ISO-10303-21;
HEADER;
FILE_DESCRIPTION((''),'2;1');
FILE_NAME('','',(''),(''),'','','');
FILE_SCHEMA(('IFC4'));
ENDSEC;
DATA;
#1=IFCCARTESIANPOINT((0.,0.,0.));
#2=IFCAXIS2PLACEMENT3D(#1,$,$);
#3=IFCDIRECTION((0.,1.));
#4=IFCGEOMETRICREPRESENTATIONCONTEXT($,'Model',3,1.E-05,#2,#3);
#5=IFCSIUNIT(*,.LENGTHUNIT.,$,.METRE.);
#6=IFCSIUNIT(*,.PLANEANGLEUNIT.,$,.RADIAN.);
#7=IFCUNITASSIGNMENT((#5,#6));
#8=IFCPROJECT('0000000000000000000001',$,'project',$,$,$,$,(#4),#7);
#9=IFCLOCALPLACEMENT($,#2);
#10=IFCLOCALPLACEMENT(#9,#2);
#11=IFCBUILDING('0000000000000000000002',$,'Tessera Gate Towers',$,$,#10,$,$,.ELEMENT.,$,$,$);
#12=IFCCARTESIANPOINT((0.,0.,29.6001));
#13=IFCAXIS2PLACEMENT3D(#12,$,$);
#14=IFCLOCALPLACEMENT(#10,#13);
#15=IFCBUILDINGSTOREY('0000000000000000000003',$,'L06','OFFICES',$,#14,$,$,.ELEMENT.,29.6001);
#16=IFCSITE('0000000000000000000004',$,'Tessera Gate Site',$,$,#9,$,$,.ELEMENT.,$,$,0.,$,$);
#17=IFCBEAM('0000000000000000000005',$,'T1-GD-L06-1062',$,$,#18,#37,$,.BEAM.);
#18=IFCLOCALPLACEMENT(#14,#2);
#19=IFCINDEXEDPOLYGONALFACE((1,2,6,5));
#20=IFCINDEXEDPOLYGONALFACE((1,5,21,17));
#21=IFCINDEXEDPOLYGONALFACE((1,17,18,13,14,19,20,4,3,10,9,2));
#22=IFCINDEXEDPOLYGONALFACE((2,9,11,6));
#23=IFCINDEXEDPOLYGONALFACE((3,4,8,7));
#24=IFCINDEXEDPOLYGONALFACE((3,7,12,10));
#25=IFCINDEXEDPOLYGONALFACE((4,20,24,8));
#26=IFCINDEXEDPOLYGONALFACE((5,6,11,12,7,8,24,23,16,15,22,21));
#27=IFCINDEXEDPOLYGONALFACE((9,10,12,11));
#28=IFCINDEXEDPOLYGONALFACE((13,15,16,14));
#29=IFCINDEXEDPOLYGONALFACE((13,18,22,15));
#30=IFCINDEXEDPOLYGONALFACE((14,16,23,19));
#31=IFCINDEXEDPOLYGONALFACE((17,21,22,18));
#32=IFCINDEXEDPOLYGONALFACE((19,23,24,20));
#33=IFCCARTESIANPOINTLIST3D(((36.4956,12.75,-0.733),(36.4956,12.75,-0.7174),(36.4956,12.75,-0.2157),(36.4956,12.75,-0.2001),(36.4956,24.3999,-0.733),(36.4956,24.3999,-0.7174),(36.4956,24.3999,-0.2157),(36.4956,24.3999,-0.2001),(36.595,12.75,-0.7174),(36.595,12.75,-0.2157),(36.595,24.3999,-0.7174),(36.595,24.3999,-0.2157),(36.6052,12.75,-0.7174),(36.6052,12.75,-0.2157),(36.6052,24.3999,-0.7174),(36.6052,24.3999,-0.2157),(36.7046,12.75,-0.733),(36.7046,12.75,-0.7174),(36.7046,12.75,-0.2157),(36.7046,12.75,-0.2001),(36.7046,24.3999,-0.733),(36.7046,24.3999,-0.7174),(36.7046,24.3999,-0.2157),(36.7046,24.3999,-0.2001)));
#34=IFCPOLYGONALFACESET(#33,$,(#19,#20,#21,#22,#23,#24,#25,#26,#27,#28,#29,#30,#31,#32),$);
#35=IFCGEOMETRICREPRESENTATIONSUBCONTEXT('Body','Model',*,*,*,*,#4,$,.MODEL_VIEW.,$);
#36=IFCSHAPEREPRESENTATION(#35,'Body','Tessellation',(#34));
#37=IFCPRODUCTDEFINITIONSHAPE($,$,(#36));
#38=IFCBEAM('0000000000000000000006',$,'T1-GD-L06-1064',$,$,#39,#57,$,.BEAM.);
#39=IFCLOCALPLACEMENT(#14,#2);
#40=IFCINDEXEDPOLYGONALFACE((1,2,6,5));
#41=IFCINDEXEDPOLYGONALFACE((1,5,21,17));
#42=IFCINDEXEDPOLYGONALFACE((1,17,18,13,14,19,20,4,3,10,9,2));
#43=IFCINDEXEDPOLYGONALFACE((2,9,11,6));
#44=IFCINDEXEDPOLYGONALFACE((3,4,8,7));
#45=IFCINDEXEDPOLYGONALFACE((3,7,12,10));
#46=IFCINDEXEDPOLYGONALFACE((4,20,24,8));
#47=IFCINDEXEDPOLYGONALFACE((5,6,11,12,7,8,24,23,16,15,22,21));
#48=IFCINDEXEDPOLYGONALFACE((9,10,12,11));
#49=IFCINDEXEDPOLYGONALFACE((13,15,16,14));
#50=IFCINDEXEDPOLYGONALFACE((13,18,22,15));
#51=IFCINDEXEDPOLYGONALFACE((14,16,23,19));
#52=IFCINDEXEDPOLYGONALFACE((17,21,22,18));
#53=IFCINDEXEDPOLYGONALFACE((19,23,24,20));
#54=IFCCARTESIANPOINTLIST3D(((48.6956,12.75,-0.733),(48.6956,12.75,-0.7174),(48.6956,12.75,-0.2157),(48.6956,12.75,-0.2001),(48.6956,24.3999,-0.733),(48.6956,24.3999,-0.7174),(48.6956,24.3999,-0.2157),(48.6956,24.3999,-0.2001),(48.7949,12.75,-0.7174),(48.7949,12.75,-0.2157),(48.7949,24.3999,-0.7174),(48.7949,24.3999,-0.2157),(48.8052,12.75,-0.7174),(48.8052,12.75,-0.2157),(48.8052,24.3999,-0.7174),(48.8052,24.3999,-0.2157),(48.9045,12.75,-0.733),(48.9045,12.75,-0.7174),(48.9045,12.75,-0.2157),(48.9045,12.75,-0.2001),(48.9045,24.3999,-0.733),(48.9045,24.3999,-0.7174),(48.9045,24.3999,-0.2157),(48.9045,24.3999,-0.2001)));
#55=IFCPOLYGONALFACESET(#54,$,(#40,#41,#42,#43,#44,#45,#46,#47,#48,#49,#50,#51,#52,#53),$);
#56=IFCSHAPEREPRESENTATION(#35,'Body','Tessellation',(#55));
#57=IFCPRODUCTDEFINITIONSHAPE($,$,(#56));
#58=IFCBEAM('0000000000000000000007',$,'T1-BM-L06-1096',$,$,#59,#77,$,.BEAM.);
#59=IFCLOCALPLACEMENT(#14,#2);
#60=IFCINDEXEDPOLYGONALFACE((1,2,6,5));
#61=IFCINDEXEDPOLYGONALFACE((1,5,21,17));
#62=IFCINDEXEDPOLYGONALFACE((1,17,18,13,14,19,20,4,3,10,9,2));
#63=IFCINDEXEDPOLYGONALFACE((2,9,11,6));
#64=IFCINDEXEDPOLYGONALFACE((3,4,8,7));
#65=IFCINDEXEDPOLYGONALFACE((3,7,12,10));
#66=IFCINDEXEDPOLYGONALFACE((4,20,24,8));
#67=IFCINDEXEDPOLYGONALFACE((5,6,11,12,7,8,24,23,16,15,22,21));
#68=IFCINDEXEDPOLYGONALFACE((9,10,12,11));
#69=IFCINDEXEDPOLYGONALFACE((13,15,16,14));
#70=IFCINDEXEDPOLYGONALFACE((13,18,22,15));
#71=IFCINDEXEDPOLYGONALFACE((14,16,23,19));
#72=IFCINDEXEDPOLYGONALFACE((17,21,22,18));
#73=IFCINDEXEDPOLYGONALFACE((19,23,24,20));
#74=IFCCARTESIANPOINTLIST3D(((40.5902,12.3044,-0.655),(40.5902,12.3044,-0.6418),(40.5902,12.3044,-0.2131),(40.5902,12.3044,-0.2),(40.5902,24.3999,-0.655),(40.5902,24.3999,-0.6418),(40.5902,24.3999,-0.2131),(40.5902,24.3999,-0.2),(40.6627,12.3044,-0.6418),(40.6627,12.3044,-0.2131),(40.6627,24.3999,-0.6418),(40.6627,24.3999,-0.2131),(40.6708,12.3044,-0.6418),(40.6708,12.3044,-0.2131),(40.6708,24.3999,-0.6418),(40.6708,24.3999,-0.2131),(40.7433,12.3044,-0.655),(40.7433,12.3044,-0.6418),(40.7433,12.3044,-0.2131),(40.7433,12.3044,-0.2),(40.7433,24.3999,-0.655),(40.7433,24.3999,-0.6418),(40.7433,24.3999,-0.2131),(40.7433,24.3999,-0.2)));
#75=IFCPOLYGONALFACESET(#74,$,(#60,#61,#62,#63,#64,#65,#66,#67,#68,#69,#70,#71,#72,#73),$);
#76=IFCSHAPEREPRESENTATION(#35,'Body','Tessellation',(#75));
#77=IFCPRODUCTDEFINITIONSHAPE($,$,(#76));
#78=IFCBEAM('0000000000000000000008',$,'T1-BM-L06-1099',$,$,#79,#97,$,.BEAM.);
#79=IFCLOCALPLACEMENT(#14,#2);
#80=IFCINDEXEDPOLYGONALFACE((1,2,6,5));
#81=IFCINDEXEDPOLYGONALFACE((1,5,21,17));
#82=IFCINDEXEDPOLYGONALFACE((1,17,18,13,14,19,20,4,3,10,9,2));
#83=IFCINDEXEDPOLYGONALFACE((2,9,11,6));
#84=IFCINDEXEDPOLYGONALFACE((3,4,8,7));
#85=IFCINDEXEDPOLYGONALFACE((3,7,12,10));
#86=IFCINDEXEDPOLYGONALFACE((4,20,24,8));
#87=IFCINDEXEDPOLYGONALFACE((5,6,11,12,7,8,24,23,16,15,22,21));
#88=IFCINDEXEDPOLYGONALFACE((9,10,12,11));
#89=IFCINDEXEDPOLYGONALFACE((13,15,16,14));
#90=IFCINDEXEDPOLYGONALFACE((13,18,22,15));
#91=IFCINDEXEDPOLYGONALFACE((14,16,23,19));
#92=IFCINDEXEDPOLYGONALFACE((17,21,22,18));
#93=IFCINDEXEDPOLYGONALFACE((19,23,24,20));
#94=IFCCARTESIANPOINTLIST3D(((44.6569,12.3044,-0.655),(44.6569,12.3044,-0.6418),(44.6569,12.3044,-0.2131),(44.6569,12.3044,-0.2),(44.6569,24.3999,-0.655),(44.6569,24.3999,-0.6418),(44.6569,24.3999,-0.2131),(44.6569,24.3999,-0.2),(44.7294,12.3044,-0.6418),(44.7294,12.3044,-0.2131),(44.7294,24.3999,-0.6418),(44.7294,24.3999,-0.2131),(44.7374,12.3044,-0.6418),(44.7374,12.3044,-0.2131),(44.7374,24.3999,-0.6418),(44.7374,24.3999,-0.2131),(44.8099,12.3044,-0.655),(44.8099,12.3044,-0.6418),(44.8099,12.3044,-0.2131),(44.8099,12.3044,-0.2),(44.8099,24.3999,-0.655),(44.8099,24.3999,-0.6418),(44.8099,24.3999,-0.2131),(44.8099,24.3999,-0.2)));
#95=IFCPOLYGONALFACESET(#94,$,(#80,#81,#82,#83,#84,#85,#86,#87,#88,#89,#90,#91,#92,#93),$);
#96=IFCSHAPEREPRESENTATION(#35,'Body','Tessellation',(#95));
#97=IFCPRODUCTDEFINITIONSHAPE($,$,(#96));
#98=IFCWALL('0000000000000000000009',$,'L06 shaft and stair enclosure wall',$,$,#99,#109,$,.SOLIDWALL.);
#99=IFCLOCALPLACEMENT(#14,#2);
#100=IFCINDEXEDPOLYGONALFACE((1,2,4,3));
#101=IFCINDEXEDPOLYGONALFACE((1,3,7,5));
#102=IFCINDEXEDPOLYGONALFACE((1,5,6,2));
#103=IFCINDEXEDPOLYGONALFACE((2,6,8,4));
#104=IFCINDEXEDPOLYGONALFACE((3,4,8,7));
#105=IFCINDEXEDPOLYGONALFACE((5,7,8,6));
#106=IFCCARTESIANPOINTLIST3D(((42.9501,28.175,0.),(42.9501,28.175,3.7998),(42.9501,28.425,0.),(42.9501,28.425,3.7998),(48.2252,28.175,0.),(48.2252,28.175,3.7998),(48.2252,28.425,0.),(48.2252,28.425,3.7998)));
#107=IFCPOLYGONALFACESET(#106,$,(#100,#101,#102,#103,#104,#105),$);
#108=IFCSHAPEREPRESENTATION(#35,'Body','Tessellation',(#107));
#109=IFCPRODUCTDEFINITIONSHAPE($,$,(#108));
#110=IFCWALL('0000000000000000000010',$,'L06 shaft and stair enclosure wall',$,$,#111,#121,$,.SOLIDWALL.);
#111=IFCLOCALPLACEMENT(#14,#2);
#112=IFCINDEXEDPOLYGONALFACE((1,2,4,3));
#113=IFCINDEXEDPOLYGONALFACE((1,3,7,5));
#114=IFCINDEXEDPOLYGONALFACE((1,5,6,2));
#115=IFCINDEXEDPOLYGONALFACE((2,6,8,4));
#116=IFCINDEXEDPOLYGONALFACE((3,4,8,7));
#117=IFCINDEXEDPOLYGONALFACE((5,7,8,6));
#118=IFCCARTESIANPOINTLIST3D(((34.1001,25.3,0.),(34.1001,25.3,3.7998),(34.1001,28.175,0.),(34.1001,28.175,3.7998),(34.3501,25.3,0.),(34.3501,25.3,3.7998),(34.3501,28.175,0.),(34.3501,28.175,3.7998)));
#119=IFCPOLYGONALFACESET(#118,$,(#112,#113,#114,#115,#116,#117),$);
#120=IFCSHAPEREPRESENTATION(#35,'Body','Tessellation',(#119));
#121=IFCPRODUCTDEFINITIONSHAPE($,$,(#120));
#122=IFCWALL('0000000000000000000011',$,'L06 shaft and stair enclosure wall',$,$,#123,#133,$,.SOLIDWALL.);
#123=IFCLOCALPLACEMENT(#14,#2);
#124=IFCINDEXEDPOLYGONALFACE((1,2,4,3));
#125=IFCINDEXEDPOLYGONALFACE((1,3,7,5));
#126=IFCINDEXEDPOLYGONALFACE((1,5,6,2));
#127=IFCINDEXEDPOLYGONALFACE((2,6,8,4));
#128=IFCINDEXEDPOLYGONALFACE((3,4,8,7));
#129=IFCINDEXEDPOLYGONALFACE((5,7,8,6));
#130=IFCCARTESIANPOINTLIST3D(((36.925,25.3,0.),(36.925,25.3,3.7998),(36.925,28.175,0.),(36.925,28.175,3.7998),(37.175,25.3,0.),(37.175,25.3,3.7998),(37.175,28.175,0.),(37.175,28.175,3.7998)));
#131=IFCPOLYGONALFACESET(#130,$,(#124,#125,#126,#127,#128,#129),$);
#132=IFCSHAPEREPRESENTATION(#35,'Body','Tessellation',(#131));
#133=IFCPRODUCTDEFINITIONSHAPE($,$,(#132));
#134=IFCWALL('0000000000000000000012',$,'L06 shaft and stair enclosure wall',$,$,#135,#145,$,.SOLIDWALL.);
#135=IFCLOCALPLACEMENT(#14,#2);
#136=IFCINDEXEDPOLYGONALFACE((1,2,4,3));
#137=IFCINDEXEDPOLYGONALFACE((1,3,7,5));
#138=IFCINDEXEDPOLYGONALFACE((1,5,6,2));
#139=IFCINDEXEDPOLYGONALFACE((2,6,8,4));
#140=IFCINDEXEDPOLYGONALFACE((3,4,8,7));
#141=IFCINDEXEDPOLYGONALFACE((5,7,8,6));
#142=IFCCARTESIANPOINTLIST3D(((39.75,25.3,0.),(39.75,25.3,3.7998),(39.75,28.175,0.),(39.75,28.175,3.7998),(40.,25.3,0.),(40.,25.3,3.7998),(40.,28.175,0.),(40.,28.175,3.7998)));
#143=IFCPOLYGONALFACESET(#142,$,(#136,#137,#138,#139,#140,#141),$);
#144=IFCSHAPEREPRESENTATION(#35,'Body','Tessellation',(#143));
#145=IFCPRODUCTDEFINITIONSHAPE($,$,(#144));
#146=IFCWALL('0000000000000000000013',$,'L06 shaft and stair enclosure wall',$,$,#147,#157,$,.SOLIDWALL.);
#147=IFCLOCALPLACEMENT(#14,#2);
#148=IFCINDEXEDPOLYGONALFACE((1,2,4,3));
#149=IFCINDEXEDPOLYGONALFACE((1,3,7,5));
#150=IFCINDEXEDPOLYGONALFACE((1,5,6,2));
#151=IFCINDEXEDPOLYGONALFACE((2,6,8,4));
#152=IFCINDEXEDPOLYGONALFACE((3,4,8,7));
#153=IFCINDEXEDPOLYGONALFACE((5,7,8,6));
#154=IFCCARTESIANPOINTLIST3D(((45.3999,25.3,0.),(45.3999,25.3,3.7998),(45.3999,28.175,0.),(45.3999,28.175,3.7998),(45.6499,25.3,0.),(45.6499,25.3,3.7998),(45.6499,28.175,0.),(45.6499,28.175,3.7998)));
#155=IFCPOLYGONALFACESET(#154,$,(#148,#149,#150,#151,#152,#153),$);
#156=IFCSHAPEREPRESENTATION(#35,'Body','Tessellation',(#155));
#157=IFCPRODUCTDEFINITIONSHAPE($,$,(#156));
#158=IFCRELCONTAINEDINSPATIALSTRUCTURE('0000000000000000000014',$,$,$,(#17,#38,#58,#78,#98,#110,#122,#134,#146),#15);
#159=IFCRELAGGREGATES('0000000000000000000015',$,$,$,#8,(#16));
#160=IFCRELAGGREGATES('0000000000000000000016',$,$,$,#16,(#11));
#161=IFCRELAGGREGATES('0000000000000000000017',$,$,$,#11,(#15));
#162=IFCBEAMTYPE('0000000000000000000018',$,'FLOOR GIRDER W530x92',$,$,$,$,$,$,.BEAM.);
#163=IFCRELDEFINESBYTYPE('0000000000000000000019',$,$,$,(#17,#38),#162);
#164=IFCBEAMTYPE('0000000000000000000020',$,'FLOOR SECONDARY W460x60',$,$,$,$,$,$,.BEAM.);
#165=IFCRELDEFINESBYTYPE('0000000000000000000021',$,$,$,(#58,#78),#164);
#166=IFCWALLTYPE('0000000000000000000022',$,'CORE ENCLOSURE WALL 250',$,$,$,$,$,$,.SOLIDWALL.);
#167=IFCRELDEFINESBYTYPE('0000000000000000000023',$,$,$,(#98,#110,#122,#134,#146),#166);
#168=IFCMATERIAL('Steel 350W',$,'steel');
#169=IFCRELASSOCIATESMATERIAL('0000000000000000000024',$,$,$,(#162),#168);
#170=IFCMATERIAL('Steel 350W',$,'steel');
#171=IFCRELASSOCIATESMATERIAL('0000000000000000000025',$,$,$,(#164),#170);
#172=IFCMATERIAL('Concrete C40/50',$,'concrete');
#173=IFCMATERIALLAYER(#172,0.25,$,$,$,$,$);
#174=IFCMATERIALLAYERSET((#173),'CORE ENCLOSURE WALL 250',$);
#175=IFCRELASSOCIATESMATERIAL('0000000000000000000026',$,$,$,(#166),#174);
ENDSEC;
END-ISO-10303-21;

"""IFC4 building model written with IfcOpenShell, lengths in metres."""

from ifc_helpers import new_model, si_unit, direction, frame, frame_2d, origin, origin_2d, place, context, subcontext, project, spatial, rectangle, i_section, extrude, material, layer, layer_set, material_profile, profile_set, type_object, element, save


model = new_model("IFC4")

# Units and contexts
model_context = context("Model", 3, precision=1e-05, world=origin(), true_north=direction((0.0, 1.0)))
body_context = subcontext(model_context, "Body", "Model", "MODEL_VIEW")
ifc_project = project(units=[si_unit("LENGTHUNIT", "METRE"), si_unit("PLANEANGLEUNIT", "RADIAN")], contexts=[model_context])

# Site, building, storey
site_placement = place(None, origin())
site = spatial("IfcSite", under=ifc_project, at=site_placement, Name="Tessera Gate Site", CompositionType="ELEMENT", RefElevation=0.0)
building_placement = place(site_placement, origin())
building = spatial("IfcBuilding", under=site, at=building_placement, Name="Tessera Gate Towers", CompositionType="ELEMENT")
storey_placement = place(building_placement, frame((0.0, 0.0, 29.6001)))
storey = spatial("IfcBuildingStorey", under=building, at=storey_placement, Name="L06", Description="OFFICES", CompositionType="ELEMENT", Elevation=29.6001)

# Beams
ifc_material_1 = material(Name="Steel 350W", Category="steel")
ifc_material_profile_1 = material_profile(ifc_material_1, i_section(OverallWidth=0.209, OverallDepth=0.533, WebThickness=0.0103, FlangeThickness=0.0156, at=origin_2d()), Name="W530x92")
ifc_profile_set_1 = profile_set([ifc_material_profile_1], Name="Steel 350W")
beam_type_1 = type_object("IfcBeamType", Name="FLOOR GIRDER W530x92", PredefinedType="BEAM", material=ifc_profile_set_1)
for number, where, z_axis, x_axis, name in (
    (1, (36.6001, 12.75, -0.4666), (0.0, 1.0, 0.0), (-1.0, 0.0, 0.0), "T1-GD-L06-1062"),
    (2, (48.8, 12.75, -0.4666), (0.0, 1.0, 0.0), (-1.0, 0.0, 0.0), "T1-GD-L06-1064"),
):
    element("IfcBeam", number, at=place(storey_placement, frame(where, z_axis=z_axis, x_axis=x_axis)), inside=storey, type_object=beam_type_1, Name=name, PredefinedType="BEAM", context=body_context, shape_type="SweptSolid", body=[
        extrude(i_section(OverallWidth=0.209, OverallDepth=0.533, WebThickness=0.0103, FlangeThickness=0.0156, at=origin_2d()), origin(), (0.0, 0.0, 1.0), 11.6499),
    ])
ifc_material_2 = material(Name="Steel 350W", Category="steel")
ifc_material_profile_2 = material_profile(ifc_material_2, i_section(OverallWidth=0.1531, OverallDepth=0.4551, WebThickness=0.0081, FlangeThickness=0.0132, at=origin_2d()), Name="W460x60")
ifc_profile_set_2 = profile_set([ifc_material_profile_2], Name="Steel 350W")
beam_type_2 = type_object("IfcBeamType", Name="FLOOR SECONDARY W460x60", PredefinedType="BEAM", material=ifc_profile_set_2)
for number, where, z_axis, x_axis, name in (
    (3, (40.6667, 12.3044, -0.4275), (0.0, 1.0, 0.0), (-1.0, 0.0, 0.0), "T1-BM-L06-1096"),
    (4, (44.7334, 12.3044, -0.4275), (0.0, 1.0, 0.0), (-1.0, 0.0, 0.0), "T1-BM-L06-1099"),
):
    element("IfcBeam", number, at=place(storey_placement, frame(where, z_axis=z_axis, x_axis=x_axis)), inside=storey, type_object=beam_type_2, Name=name, PredefinedType="BEAM", context=body_context, shape_type="SweptSolid", body=[
        extrude(i_section(OverallWidth=0.1531, OverallDepth=0.4551, WebThickness=0.0081, FlangeThickness=0.0132, at=origin_2d()), origin(), (0.0, 0.0, 1.0), 12.0955),
    ])

# Walls
ifc_material_3 = material(Name="Concrete C40/50", Category="concrete")
ifc_layer_1 = layer(ifc_material_3, 0.25)
ifc_layer_set_1 = layer_set([ifc_layer_1], Name="CORE ENCLOSURE WALL 250")
wall_type_1 = type_object("IfcWallType", Name="CORE ENCLOSURE WALL 250", PredefinedType="SOLIDWALL", material=ifc_layer_set_1)
wall_1_placement = place(storey_placement, frame((42.95, 28.3, 0.0), z_axis=(0.0, 0.0, 1.0), x_axis=(1.0, 0.0, 0.0)))
element("IfcWall", 5, at=wall_1_placement, inside=storey, type_object=wall_type_1, Name="L06 shaft and stair enclosure wall", PredefinedType="SOLIDWALL", context=body_context, shape_type="SweptSolid", body=[
    extrude(rectangle(XDim=5.2751, YDim=0.25, at=frame_2d((2.6377, 0.0))), origin(), (0.0, 0.0, 1.0), 3.7998),
])
for number, where, z_axis, x_axis, name in (
    (6, (34.2251, 25.3, 0.0), (0.0, 0.0, 1.0), (0.0, 1.0, 0.0), "L06 shaft and stair enclosure wall"),
    (7, (37.05, 25.3, 0.0), (0.0, 0.0, 1.0), (0.0, 1.0, 0.0), "L06 shaft and stair enclosure wall"),
    (8, (39.875, 25.3, 0.0), (0.0, 0.0, 1.0), (0.0, 1.0, 0.0), "L06 shaft and stair enclosure wall"),
    (9, (45.5249, 25.3, 0.0), (0.0, 0.0, 1.0), (0.0, 1.0, 0.0), "L06 shaft and stair enclosure wall"),
):
    element("IfcWall", number, at=place(storey_placement, frame(where, z_axis=z_axis, x_axis=x_axis)), inside=storey, type_object=wall_type_1, Name=name, PredefinedType="SOLIDWALL", context=body_context, shape_type="SweptSolid", body=[
        extrude(rectangle(XDim=2.875, YDim=0.25, at=frame_2d((1.4375, 0.0))), origin(), (0.0, 0.0, 1.0), 3.7998),
    ])

save(model, "model.ifc")
